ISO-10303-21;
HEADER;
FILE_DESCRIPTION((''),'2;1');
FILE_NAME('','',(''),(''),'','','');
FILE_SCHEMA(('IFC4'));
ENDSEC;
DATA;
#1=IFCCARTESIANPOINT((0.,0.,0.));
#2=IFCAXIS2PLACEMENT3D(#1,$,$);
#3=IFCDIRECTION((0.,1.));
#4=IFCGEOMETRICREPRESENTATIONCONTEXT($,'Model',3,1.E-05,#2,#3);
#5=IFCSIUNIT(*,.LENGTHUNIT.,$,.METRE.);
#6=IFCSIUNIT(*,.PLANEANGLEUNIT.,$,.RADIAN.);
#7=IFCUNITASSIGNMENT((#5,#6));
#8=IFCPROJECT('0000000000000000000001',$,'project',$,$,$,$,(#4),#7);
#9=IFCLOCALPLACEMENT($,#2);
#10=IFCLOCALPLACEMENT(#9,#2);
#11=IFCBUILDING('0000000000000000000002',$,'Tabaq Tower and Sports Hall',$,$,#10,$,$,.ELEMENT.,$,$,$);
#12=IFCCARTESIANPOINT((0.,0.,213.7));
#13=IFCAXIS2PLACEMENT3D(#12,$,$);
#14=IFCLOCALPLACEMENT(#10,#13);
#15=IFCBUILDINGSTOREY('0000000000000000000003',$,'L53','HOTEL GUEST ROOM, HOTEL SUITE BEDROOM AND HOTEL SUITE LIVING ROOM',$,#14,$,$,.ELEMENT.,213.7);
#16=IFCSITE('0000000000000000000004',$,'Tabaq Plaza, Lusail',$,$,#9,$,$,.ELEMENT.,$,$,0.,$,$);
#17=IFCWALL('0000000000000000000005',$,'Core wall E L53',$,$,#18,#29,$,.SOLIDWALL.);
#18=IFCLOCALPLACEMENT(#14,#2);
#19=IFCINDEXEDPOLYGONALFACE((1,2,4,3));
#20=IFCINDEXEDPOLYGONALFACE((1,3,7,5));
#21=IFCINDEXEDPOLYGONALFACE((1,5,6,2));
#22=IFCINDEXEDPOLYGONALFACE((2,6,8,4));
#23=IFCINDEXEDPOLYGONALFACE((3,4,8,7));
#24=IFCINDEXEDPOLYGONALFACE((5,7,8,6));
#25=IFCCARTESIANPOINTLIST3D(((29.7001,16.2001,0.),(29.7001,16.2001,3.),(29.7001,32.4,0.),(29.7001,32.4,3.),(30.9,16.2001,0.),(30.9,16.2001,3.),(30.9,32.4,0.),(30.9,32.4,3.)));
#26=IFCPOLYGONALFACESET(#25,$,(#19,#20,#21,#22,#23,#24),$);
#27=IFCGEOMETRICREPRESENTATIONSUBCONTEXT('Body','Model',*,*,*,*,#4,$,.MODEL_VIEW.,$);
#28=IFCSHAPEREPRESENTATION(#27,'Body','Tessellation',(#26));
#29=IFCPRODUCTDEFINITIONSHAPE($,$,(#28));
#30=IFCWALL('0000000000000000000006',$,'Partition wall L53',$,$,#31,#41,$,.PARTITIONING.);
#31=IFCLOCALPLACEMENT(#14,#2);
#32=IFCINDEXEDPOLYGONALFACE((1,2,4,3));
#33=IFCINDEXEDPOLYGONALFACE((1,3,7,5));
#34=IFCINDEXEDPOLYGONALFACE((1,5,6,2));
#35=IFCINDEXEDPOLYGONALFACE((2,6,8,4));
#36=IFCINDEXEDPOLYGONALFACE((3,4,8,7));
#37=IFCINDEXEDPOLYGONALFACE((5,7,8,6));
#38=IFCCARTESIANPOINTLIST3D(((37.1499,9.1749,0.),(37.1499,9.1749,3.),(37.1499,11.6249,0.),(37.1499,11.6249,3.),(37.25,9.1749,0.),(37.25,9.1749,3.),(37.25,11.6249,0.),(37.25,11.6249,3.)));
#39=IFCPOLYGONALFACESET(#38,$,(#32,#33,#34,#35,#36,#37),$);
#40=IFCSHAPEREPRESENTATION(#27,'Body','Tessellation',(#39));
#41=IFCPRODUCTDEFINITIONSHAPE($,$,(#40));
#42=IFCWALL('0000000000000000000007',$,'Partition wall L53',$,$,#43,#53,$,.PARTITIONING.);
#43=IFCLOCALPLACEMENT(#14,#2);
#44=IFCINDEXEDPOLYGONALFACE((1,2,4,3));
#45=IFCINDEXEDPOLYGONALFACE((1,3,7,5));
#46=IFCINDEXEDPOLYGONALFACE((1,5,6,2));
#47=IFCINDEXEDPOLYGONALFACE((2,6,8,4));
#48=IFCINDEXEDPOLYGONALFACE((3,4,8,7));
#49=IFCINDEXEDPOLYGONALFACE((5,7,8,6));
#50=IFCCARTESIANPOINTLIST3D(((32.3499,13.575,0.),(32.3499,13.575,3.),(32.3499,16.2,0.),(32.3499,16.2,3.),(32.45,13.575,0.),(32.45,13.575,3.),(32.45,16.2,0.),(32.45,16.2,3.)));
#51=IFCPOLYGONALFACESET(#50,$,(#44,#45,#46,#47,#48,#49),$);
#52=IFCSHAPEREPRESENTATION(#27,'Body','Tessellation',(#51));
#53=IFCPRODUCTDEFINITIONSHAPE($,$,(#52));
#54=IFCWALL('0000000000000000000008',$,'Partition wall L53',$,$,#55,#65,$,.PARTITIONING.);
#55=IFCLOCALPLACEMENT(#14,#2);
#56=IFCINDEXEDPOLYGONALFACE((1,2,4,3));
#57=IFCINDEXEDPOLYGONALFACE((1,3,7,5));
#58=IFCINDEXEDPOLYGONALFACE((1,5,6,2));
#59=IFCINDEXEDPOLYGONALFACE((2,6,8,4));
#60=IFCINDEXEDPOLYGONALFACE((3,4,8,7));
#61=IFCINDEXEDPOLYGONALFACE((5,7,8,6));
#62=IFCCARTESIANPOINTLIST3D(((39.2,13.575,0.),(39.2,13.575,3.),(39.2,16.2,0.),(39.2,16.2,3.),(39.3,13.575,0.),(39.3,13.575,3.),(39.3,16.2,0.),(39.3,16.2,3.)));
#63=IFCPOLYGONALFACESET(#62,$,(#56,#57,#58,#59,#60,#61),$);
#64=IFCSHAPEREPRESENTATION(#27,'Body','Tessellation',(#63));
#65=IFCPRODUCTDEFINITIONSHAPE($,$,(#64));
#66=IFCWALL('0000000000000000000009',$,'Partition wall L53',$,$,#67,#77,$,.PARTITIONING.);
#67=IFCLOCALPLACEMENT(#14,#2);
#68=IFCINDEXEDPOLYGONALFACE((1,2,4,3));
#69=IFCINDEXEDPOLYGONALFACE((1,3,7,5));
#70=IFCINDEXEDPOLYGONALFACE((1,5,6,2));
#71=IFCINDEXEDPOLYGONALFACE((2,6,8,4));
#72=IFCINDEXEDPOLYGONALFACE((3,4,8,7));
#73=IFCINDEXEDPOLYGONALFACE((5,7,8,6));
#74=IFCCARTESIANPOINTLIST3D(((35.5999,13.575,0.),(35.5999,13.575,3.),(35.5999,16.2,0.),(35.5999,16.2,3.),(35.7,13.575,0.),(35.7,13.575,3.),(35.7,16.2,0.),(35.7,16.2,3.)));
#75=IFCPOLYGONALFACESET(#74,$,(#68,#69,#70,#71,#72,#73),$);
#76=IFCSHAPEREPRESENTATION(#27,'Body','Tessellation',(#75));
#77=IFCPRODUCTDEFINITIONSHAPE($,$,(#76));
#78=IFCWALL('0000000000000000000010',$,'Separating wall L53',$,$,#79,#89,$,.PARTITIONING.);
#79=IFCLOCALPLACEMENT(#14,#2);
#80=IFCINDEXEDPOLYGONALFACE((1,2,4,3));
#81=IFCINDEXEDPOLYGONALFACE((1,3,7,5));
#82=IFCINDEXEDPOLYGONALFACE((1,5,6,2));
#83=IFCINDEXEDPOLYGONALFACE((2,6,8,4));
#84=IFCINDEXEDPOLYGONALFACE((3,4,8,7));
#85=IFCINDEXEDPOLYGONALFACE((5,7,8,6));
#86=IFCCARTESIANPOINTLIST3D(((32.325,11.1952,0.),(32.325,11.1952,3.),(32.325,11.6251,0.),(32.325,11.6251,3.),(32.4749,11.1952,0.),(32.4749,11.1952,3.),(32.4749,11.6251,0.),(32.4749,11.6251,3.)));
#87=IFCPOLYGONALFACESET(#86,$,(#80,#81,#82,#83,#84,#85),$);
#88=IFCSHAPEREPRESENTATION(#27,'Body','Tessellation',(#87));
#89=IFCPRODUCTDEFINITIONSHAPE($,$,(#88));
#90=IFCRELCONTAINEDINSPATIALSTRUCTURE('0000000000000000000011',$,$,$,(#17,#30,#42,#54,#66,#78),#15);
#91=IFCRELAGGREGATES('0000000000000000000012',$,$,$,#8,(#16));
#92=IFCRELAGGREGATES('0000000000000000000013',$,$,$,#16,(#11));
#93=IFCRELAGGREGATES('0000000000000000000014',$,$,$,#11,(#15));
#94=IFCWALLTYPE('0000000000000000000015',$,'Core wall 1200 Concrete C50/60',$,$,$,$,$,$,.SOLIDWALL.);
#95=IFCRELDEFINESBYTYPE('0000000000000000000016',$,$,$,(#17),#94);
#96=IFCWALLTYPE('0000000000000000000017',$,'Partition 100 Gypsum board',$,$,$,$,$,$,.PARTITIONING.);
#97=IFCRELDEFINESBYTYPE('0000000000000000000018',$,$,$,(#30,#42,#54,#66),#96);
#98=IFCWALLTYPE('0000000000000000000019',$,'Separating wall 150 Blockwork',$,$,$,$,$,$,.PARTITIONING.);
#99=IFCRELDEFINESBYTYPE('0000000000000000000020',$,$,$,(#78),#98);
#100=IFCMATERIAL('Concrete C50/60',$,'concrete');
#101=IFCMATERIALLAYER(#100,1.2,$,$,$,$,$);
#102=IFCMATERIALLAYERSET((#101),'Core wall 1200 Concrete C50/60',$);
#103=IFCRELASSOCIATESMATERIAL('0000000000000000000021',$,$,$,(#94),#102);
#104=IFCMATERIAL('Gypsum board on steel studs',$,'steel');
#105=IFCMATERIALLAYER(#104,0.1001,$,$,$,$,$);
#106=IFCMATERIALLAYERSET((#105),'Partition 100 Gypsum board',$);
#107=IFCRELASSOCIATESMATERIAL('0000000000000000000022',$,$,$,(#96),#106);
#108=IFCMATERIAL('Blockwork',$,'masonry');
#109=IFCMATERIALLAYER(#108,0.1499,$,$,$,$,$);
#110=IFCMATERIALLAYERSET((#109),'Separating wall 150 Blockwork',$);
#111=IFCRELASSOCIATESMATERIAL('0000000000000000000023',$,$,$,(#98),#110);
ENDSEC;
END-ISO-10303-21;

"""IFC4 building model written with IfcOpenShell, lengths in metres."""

from ifc_helpers import new_model, si_unit, direction, frame, frame_2d, origin, place, context, subcontext, project, spatial, rectangle, extrude, material, layer, layer_set, type_object, element, save


model = new_model("IFC4")

# Units and contexts
model_context = context("Model", 3, precision=1e-05, world=origin(), true_north=direction((0.0, 1.0)))
body_context = subcontext(model_context, "Body", "Model", "MODEL_VIEW")
ifc_project = project(units=[si_unit("LENGTHUNIT", "METRE"), si_unit("PLANEANGLEUNIT", "RADIAN")], contexts=[model_context])

# Site, building, storey
site_placement = place(None, origin())
site = spatial("IfcSite", under=ifc_project, at=site_placement, Name="Tabaq Plaza, Lusail", CompositionType="ELEMENT", RefElevation=0.0)
building_placement = place(site_placement, origin())
building = spatial("IfcBuilding", under=site, at=building_placement, Name="Tabaq Tower and Sports Hall", CompositionType="ELEMENT")
storey_placement = place(building_placement, frame((0.0, 0.0, 213.7)))
storey = spatial("IfcBuildingStorey", under=building, at=storey_placement, Name="L53", Description="HOTEL GUEST ROOM, HOTEL SUITE BEDROOM AND HOTEL SUITE LIVING ROOM", CompositionType="ELEMENT", Elevation=213.7)

# Wall
ifc_material_1 = material(Name="Concrete C50/60", Category="concrete")
ifc_layer_1 = layer(ifc_material_1, 1.2)
ifc_layer_set_1 = layer_set([ifc_layer_1], Name="Core wall 1200 Concrete C50/60")
wall_type_1 = type_object("IfcWallType", Name="Core wall 1200 Concrete C50/60", PredefinedType="SOLIDWALL", material=ifc_layer_set_1)
wall_1_placement = place(storey_placement, frame((30.3, 16.2, 0.0), z_axis=(0.0, 0.0, 1.0), x_axis=(0.0, 1.0, 0.0)))
element("IfcWall", 1, at=wall_1_placement, inside=storey, type_object=wall_type_1, Name="Core wall E L53", PredefinedType="SOLIDWALL", context=body_context, shape_type="SweptSolid", body=[
    extrude(rectangle(XDim=16.2, YDim=1.2, at=frame_2d((8.1001, 0.0))), origin(), (0.0, 0.0, 1.0), 3.0),
])

# Walls
ifc_material_2 = material(Name="Gypsum board on steel studs", Category="steel")
ifc_layer_2 = layer(ifc_material_2, 0.1001)
ifc_layer_set_2 = layer_set([ifc_layer_2], Name="Partition 100 Gypsum board")
wall_type_2 = type_object("IfcWallType", Name="Partition 100 Gypsum board", PredefinedType="PARTITIONING", material=ifc_layer_set_2)
wall_2_placement = place(storey_placement, frame((37.2, 11.625, 0.0), z_axis=(0.0, 0.0, 1.0), x_axis=(0.0, -1.0, 0.0)))
element("IfcWall", 2, at=wall_2_placement, inside=storey, type_object=wall_type_2, Name="Partition wall L53", PredefinedType="PARTITIONING", context=body_context, shape_type="SweptSolid", body=[
    extrude(rectangle(XDim=2.45, YDim=0.1001, at=frame_2d((1.2251, 0.0))), origin(), (0.0, 0.0, 1.0), 3.0),
])
for number, where, z_axis, x_axis, name in (
    (3, (32.3999, 13.575, 0.0), (0.0, 0.0, 1.0), (0.0, 1.0, 0.0), "Partition wall L53"),
    (4, (39.25, 13.575, 0.0), (0.0, 0.0, 1.0), (0.0, 1.0, 0.0), "Partition wall L53"),
    (5, (35.6499, 16.2, 0.0), (0.0, 0.0, 1.0), (0.0, -1.0, 0.0), "Partition wall L53"),
):
    element("IfcWall", number, at=place(storey_placement, frame(where, z_axis=z_axis, x_axis=x_axis)), inside=storey, type_object=wall_type_2, Name=name, PredefinedType="PARTITIONING", context=body_context, shape_type="SweptSolid", body=[
        extrude(rectangle(XDim=2.625, YDim=0.1001, at=frame_2d((1.3125, 0.0))), origin(), (0.0, 0.0, 1.0), 3.0),
    ])
ifc_material_3 = material(Name="Blockwork", Category="masonry")
ifc_layer_3 = layer(ifc_material_3, 0.1499)
ifc_layer_set_3 = layer_set([ifc_layer_3], Name="Separating wall 150 Blockwork")
wall_type_3 = type_object("IfcWallType", Name="Separating wall 150 Blockwork", PredefinedType="PARTITIONING", material=ifc_layer_set_3)
wall_3_placement = place(storey_placement, frame((32.3999, 11.625, 0.0), z_axis=(0.0, 0.0, 1.0), x_axis=(0.0, -1.0, 0.0)))
element("IfcWall", 6, at=wall_3_placement, inside=storey, type_object=wall_type_3, Name="Separating wall L53", PredefinedType="PARTITIONING", context=body_context, shape_type="SweptSolid", body=[
    extrude(rectangle(XDim=0.4299, YDim=0.1499, at=frame_2d((0.2148, 0.0))), origin(), (0.0, 0.0, 1.0), 3.0),
])

save(model, "model.ifc")
